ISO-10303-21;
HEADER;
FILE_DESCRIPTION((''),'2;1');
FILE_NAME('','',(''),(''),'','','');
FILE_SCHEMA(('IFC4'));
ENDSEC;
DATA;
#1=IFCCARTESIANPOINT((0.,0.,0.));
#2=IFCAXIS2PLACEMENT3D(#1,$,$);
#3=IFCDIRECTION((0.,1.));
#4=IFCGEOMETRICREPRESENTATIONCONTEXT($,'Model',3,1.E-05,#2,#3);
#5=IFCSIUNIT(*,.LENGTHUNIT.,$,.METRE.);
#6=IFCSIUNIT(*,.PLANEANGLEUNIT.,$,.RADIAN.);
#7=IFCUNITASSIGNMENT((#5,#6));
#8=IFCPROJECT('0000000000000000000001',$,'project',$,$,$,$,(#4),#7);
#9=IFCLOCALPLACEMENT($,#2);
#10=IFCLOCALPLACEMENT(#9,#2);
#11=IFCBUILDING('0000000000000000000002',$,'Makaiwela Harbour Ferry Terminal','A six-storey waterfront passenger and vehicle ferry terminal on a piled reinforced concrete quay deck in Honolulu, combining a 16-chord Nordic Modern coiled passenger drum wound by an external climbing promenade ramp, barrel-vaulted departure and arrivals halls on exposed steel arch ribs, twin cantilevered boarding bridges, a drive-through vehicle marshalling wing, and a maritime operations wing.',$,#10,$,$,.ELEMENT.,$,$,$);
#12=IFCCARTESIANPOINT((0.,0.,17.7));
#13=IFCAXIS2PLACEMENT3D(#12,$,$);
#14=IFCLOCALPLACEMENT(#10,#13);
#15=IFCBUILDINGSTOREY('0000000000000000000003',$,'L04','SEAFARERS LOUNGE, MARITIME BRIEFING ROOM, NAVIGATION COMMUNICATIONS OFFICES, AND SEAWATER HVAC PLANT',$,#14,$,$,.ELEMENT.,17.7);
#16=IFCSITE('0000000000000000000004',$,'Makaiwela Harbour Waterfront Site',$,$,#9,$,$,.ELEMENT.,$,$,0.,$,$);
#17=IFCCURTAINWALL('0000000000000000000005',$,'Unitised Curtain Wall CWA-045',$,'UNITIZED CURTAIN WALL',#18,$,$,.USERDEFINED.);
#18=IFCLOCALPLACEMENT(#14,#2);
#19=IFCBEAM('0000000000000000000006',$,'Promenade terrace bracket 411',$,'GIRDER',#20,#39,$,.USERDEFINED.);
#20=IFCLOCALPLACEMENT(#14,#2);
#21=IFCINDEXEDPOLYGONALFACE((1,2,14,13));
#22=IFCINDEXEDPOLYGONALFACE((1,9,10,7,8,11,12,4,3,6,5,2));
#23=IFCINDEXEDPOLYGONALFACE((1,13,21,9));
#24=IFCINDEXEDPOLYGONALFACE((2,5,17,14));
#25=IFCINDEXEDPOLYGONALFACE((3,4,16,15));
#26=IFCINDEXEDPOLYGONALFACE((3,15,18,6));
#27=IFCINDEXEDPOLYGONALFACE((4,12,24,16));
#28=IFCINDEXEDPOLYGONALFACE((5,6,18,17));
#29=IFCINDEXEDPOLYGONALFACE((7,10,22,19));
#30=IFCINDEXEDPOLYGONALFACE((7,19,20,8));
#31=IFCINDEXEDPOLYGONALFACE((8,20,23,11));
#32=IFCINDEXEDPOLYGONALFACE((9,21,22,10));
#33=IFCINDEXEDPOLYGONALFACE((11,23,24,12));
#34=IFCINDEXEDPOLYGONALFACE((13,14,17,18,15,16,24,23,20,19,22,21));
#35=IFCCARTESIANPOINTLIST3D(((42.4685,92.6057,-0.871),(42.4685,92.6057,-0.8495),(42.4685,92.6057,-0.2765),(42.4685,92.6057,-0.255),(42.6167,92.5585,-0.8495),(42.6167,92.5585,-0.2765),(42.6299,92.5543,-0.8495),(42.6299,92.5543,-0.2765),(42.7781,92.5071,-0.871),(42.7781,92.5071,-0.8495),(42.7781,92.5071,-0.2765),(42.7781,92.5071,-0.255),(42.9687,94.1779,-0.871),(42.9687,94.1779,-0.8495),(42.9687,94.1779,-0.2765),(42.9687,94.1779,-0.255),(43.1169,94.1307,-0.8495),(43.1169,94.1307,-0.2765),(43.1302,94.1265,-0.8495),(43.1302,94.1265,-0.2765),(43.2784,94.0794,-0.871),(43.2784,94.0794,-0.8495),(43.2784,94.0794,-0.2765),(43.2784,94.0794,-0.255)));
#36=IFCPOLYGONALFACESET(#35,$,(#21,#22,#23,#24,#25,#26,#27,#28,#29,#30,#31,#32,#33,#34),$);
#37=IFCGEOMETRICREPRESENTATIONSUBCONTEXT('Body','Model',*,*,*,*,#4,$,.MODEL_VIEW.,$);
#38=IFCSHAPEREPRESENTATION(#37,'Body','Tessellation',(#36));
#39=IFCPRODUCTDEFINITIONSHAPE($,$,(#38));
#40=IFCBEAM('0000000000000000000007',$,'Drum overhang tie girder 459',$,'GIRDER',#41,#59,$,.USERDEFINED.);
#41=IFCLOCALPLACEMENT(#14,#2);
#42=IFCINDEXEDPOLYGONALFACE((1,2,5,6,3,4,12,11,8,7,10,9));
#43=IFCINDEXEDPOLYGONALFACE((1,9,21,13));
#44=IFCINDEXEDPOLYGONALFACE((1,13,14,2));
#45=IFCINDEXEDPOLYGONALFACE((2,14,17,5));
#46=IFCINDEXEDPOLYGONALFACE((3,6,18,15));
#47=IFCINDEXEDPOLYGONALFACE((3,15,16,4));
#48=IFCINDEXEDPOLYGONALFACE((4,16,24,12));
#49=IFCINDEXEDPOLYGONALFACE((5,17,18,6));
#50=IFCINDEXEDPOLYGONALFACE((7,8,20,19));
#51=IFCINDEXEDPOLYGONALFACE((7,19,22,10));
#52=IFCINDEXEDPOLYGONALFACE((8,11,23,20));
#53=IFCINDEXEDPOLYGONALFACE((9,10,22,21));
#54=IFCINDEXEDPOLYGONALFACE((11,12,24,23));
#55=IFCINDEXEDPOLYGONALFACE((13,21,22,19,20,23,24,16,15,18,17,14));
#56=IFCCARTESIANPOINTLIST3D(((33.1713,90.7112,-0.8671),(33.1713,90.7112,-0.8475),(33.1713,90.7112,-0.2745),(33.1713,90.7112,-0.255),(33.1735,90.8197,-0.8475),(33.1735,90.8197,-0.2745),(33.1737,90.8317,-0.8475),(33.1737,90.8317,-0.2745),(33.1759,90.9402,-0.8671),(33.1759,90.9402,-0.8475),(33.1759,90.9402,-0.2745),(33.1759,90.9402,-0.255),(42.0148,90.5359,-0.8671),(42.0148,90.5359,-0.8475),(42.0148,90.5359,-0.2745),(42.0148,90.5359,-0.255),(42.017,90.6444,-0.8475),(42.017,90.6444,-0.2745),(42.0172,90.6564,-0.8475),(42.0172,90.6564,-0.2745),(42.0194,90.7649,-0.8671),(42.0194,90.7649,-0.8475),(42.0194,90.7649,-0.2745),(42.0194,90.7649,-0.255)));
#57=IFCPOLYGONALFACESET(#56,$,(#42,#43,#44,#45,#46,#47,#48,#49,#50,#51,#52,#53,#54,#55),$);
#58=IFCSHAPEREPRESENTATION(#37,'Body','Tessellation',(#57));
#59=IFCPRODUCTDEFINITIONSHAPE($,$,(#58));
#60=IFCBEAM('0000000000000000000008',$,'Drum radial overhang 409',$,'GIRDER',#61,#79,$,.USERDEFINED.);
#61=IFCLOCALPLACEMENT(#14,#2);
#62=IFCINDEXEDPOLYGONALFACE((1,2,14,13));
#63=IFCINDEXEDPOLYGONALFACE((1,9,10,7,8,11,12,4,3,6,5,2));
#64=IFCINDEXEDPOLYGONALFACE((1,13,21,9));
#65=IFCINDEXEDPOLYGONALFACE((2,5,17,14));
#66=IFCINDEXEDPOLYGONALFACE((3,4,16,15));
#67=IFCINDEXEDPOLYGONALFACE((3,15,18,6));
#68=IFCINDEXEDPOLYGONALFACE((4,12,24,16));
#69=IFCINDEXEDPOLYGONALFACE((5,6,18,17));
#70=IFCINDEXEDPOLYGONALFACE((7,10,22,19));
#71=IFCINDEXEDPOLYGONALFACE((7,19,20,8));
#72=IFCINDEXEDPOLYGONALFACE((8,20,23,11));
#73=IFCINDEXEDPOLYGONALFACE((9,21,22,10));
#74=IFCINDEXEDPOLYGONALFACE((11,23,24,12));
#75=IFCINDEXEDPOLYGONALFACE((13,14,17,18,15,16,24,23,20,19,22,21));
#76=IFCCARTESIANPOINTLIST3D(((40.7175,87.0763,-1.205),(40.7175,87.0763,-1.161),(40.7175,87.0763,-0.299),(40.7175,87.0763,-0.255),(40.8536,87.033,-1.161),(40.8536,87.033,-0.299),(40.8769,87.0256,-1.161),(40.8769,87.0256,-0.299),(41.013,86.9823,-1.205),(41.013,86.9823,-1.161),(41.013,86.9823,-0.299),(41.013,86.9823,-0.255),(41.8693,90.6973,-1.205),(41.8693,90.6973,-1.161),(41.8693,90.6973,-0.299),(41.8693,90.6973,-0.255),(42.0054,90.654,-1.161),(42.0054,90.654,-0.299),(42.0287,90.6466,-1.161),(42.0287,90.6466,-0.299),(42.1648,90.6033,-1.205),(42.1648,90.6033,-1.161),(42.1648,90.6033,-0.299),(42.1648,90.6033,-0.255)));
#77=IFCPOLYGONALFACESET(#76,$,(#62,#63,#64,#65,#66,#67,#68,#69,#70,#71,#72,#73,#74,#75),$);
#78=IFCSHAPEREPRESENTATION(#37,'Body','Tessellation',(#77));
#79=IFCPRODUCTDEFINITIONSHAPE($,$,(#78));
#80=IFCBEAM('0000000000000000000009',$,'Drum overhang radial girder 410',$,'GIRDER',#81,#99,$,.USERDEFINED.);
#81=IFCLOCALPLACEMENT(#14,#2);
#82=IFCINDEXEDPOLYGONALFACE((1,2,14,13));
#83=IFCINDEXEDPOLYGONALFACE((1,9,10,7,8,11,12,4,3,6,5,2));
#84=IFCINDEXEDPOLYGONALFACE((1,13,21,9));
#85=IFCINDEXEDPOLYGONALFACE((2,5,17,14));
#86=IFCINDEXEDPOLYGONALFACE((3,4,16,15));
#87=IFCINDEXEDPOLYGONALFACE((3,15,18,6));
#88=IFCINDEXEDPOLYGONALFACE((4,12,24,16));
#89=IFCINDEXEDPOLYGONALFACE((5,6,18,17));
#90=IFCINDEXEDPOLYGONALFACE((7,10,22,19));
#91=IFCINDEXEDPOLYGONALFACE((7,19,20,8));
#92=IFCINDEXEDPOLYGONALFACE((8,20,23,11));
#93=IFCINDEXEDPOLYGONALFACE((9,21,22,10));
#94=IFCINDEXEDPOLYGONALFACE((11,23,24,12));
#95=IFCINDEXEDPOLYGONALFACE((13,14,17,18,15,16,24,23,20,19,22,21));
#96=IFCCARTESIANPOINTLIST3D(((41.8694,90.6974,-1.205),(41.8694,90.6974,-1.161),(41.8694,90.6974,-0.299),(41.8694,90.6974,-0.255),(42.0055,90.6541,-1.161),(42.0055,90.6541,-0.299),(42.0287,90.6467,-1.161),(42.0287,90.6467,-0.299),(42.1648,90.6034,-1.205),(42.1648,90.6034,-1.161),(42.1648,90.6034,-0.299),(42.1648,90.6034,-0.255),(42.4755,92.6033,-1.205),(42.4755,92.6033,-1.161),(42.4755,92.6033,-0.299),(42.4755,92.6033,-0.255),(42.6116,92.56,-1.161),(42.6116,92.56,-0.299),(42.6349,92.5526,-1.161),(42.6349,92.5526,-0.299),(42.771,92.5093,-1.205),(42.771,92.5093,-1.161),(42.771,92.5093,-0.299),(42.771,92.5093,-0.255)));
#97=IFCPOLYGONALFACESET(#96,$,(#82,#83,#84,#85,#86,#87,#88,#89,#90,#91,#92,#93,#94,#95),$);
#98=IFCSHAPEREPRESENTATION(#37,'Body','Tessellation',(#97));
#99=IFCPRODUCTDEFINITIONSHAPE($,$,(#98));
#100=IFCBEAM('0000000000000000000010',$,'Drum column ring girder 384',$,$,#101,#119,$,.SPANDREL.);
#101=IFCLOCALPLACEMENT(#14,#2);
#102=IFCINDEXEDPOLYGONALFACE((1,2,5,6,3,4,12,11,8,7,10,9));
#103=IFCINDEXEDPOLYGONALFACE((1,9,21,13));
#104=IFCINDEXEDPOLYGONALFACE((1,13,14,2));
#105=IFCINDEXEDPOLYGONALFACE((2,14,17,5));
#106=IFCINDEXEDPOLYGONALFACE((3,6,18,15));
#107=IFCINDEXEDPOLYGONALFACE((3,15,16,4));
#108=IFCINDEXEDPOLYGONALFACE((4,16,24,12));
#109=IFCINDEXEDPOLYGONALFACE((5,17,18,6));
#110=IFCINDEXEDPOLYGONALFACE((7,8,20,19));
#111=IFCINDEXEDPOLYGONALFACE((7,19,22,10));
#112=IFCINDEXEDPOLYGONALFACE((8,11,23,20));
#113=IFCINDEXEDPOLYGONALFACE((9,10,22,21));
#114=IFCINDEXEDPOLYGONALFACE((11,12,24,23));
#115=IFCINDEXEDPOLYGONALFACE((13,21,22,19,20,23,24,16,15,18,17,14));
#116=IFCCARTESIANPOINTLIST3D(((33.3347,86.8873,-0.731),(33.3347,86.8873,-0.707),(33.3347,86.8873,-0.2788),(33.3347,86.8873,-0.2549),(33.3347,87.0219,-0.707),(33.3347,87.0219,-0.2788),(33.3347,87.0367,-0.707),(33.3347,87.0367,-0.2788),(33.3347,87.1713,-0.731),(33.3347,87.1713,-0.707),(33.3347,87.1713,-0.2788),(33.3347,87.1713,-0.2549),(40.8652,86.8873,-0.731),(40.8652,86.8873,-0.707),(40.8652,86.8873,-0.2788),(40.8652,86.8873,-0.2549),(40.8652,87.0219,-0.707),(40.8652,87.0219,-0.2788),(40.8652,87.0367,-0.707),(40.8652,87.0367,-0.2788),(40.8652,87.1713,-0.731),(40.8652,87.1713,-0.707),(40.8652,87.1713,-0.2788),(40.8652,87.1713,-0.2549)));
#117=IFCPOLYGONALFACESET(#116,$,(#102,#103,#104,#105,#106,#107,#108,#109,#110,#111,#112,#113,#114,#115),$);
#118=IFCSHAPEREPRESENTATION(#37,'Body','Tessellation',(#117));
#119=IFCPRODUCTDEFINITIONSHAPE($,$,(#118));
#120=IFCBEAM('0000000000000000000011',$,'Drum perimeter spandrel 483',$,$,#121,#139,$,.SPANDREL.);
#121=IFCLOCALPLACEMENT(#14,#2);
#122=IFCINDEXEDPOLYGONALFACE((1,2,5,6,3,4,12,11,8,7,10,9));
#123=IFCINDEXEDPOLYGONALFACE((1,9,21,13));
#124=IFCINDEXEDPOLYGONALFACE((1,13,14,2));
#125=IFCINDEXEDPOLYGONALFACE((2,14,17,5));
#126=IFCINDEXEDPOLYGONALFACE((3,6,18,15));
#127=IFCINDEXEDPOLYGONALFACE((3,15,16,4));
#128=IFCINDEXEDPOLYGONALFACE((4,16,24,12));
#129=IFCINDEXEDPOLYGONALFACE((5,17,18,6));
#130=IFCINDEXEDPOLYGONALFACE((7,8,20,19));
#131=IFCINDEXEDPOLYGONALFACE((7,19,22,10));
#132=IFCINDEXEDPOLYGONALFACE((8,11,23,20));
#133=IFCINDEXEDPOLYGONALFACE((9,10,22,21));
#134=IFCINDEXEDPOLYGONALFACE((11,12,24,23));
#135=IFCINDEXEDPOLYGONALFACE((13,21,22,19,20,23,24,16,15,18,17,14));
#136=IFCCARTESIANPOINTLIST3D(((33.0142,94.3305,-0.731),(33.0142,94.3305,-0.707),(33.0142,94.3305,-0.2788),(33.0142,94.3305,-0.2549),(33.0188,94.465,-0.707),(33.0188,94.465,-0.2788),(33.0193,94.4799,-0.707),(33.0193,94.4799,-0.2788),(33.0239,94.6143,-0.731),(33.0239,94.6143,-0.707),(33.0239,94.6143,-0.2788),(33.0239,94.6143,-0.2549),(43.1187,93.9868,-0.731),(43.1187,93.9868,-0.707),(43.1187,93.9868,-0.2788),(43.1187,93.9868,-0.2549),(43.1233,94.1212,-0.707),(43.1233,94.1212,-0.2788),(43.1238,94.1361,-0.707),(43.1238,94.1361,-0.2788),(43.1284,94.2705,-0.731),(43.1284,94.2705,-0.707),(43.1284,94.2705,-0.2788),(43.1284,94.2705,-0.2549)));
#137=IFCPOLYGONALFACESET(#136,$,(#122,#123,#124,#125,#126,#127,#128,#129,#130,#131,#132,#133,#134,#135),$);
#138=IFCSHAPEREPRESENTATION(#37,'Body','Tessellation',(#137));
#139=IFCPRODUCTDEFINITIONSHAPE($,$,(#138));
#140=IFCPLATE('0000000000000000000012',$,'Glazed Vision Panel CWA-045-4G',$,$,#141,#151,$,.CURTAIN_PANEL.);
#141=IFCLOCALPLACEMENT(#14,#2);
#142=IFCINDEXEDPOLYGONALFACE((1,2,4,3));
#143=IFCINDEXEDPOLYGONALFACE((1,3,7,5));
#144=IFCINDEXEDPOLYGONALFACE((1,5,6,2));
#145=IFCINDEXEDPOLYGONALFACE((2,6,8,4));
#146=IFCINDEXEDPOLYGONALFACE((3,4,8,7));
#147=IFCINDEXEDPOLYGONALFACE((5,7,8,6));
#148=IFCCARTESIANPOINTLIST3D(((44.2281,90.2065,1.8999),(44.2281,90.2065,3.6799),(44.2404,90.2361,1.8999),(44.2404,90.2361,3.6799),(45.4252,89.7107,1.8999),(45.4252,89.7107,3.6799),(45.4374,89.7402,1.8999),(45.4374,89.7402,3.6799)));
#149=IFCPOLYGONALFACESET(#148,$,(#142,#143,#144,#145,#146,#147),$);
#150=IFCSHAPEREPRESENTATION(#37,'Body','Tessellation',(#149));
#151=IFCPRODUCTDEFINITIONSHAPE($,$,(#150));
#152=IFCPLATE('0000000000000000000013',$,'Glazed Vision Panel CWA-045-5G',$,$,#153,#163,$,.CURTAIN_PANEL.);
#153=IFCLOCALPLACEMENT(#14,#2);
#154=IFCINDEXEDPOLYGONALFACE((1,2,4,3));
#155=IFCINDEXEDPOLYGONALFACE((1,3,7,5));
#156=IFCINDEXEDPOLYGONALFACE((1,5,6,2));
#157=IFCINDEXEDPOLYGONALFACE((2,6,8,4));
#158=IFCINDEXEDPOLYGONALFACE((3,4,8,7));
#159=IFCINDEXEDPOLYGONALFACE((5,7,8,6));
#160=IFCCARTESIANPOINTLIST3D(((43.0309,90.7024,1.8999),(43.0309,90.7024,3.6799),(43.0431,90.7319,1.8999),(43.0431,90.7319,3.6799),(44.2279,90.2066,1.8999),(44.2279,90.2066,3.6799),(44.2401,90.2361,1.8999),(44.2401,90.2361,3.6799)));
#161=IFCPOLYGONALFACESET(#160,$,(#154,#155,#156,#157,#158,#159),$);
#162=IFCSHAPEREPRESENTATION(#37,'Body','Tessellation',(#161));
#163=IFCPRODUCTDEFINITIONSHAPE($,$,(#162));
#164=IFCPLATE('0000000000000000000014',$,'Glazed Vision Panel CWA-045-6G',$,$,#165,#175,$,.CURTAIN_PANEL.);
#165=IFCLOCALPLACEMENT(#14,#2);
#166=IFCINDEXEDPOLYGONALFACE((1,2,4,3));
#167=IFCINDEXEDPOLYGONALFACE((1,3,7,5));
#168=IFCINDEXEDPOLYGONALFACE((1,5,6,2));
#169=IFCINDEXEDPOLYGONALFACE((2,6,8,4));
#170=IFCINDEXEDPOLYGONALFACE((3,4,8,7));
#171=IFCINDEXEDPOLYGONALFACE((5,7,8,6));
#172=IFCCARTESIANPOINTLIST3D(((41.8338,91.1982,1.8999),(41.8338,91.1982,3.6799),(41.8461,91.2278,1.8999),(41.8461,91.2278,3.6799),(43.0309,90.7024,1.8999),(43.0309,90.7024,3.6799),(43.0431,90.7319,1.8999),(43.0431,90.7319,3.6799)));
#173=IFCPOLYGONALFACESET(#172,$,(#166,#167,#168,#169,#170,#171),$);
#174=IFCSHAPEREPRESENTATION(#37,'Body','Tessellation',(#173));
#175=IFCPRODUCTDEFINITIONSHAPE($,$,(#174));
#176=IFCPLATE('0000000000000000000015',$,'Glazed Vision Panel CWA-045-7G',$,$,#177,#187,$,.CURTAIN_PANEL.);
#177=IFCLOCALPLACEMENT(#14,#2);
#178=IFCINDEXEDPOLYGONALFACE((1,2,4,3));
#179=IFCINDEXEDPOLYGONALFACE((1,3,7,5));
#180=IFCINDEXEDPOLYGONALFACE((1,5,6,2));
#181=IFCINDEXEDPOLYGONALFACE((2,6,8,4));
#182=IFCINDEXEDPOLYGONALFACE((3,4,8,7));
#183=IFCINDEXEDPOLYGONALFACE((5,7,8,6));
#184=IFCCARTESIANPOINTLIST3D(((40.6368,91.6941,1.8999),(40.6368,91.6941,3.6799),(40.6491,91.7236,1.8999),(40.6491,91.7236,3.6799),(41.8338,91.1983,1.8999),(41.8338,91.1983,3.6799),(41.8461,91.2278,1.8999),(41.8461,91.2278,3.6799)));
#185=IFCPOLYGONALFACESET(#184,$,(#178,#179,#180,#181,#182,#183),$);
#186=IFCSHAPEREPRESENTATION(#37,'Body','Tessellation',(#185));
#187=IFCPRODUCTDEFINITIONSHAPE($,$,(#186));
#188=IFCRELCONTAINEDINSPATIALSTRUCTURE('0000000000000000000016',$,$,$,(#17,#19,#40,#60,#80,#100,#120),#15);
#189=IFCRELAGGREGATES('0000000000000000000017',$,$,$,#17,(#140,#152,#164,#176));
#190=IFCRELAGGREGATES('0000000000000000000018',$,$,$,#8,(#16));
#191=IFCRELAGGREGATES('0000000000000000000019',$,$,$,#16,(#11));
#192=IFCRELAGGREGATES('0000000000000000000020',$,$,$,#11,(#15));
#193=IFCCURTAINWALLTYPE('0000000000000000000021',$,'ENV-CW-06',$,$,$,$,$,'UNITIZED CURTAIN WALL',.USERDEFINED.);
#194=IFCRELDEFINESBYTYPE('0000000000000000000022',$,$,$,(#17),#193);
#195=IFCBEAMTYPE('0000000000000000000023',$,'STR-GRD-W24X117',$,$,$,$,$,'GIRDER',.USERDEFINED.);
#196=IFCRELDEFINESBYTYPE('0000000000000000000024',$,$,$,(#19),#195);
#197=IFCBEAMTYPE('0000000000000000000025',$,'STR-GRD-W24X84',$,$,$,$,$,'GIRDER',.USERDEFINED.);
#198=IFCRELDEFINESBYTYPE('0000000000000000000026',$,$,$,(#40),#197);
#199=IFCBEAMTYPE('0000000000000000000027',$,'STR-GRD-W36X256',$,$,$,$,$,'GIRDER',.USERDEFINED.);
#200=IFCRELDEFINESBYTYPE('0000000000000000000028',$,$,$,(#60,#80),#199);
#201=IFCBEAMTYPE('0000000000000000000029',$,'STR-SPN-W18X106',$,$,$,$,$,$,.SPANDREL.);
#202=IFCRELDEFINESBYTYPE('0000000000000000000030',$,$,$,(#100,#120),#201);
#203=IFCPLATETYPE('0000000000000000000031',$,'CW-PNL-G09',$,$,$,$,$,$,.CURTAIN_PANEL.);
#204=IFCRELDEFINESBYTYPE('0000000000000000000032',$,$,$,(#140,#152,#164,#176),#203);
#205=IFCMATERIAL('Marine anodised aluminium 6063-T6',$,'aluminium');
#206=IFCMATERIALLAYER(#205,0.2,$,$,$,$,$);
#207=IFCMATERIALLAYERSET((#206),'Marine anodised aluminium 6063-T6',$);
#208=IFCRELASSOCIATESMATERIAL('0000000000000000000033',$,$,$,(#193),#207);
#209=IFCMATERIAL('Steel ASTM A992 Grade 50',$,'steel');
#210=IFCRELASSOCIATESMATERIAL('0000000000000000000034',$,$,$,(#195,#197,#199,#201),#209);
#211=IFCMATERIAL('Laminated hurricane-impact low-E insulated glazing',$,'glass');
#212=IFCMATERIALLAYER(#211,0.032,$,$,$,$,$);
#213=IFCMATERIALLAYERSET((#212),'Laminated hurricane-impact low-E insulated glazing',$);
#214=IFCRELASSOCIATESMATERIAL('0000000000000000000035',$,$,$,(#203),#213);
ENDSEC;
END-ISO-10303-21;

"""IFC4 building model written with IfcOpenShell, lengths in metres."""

from ifc_helpers import new_model, si_unit, direction, frame, origin, origin_2d, place, context, subcontext, project, spatial, rectangle, i_section, extrude, material, layer, layer_set, material_profile, profile_set, type_object, element, aggregate, save


model = new_model("IFC4")

# Units and contexts
model_context = context("Model", 3, precision=1e-05, world=origin(), true_north=direction((0.0, 1.0)))
body_context = subcontext(model_context, "Body", "Model", "MODEL_VIEW")
ifc_project = project(units=[si_unit("LENGTHUNIT", "METRE"), si_unit("PLANEANGLEUNIT", "RADIAN")], contexts=[model_context])

# Site, building, storey
site_placement = place(None, origin())
site = spatial("IfcSite", under=ifc_project, at=site_placement, Name="Makaiwela Harbour Waterfront Site", CompositionType="ELEMENT", RefElevation=0.0)
building_placement = place(site_placement, origin())
building = spatial("IfcBuilding", under=site, at=building_placement, Name="Makaiwela Harbour Ferry Terminal", Description="A six-storey waterfront passenger and vehicle ferry terminal on a piled reinforced concrete quay deck in Honolulu, combining a 16-chord Nordic Modern coiled passenger drum wound by an external climbing promenade ramp, barrel-vaulted departure and arrivals halls on exposed steel arch ribs, twin cantilevered boarding bridges, a drive-through vehicle marshalling wing, and a maritime operations wing.", CompositionType="ELEMENT")
storey_placement = place(building_placement, frame((0.0, 0.0, 17.7)))
storey = spatial("IfcBuildingStorey", under=building, at=storey_placement, Name="L04", Description="SEAFARERS LOUNGE, MARITIME BRIEFING ROOM, NAVIGATION COMMUNICATIONS OFFICES, AND SEAWATER HVAC PLANT", CompositionType="ELEMENT", Elevation=17.7)

# Shared definitions
ifc_material_1 = material(Name="Steel ASTM A992 Grade 50", Category="steel")

# Curtain wall
ifc_material_2 = material(Name="Marine anodised aluminium 6063-T6", Category="aluminium")
ifc_layer_1 = layer(ifc_material_2, 0.2)
ifc_layer_set_1 = layer_set([ifc_layer_1], Name="Marine anodised aluminium 6063-T6")
curtain_wall_type = type_object("IfcCurtainWallType", Name="ENV-CW-06", ElementType="UNITIZED CURTAIN WALL", PredefinedType="USERDEFINED", material=ifc_layer_set_1)
curtain_wall_1_placement = place(storey_placement, origin())
curtain_wall_1 = element("IfcCurtainWall", 1, at=curtain_wall_1_placement, inside=storey, type_object=curtain_wall_type, Name="Unitised Curtain Wall CWA-045", ObjectType="UNITIZED CURTAIN WALL", PredefinedType="USERDEFINED")

# Beams
ifc_material_profile_1 = material_profile(ifc_material_1, i_section(OverallWidth=0.325, OverallDepth=0.616, WebThickness=0.0139, FlangeThickness=0.0215, at=origin_2d()), Name="W24X117")
ifc_profile_set_1 = profile_set([ifc_material_profile_1], Name="Steel ASTM A992 Grade 50")
beam_type_1 = type_object("IfcBeamType", Name="STR-GRD-W24X117", ElementType="GIRDER", PredefinedType="USERDEFINED", material=ifc_profile_set_1)
beam_1_placement = place(storey_placement, frame((42.6233, 92.5564, -0.563), z_axis=(0.303191, 0.95293, 0.0), x_axis=(-0.95293, 0.303191, 0.0)))
element("IfcBeam", 2, at=beam_1_placement, inside=storey, type_object=beam_type_1, Name="Promenade terrace bracket 411", ObjectType="GIRDER", PredefinedType="USERDEFINED", context=body_context, shape_type="SweptSolid", body=[
    extrude(i_section(OverallWidth=0.325, OverallDepth=0.616, WebThickness=0.0139, FlangeThickness=0.0215, at=origin_2d()), origin(), (0.0, 0.0, 1.0), 1.6499),
])
ifc_material_profile_2 = material_profile(ifc_material_1, i_section(OverallWidth=0.229, OverallDepth=0.6121, WebThickness=0.012, FlangeThickness=0.0195, at=origin_2d()), Name="W24X84")
ifc_profile_set_2 = profile_set([ifc_material_profile_2], Name="Steel ASTM A992 Grade 50")
beam_type_2 = type_object("IfcBeamType", Name="STR-GRD-W24X84", ElementType="GIRDER", PredefinedType="USERDEFINED", material=ifc_profile_set_2)
beam_2_placement = place(storey_placement, frame((42.0171, 90.6504, -0.561), z_axis=(-0.999804, 0.019818, 0.0), x_axis=(-0.019818, -0.999804, 0.0)))
element("IfcBeam", 3, at=beam_2_placement, inside=storey, type_object=beam_type_2, Name="Drum overhang tie girder 459", ObjectType="GIRDER", PredefinedType="USERDEFINED", context=body_context, shape_type="SweptSolid", body=[
    extrude(i_section(OverallWidth=0.229, OverallDepth=0.6121, WebThickness=0.012, FlangeThickness=0.0195, at=origin_2d()), origin(), (0.0, 0.0, 1.0), 8.8452),
])
ifc_material_profile_3 = material_profile(ifc_material_1, i_section(OverallWidth=0.3101, OverallDepth=0.95, WebThickness=0.0244, FlangeThickness=0.0439, at=origin_2d()), Name="W36X256")
ifc_profile_set_3 = profile_set([ifc_material_profile_3], Name="Steel ASTM A992 Grade 50")
beam_type_3 = type_object("IfcBeamType", Name="STR-GRD-W36X256", ElementType="GIRDER", PredefinedType="USERDEFINED", material=ifc_profile_set_3)
beam_3_placement = place(storey_placement, frame((40.8652, 87.0293, -0.73), z_axis=(0.303129, 0.952949, 0.0), x_axis=(-0.952949, 0.303129, 0.0)))
element("IfcBeam", 4, at=beam_3_placement, inside=storey, type_object=beam_type_3, Name="Drum radial overhang 409", ObjectType="GIRDER", PredefinedType="USERDEFINED", context=body_context, shape_type="SweptSolid", body=[
    extrude(i_section(OverallWidth=0.3101, OverallDepth=0.95, WebThickness=0.0244, FlangeThickness=0.0439, at=origin_2d()), origin(), (0.0, 0.0, 1.0), 3.7998),
])
beam_4_placement = place(storey_placement, frame((42.0171, 90.6504, -0.73), z_axis=(0.303088, 0.952963, 0.0), x_axis=(-0.952963, 0.303088, 0.0)))
element("IfcBeam", 5, at=beam_4_placement, inside=storey, type_object=beam_type_3, Name="Drum overhang radial girder 410", ObjectType="GIRDER", PredefinedType="USERDEFINED", context=body_context, shape_type="SweptSolid", body=[
    extrude(i_section(OverallWidth=0.3101, OverallDepth=0.95, WebThickness=0.0244, FlangeThickness=0.0439, at=origin_2d()), origin(), (0.0, 0.0, 1.0), 2.0),
])
ifc_material_profile_4 = material_profile(ifc_material_1, i_section(OverallWidth=0.2839, OverallDepth=0.4761, WebThickness=0.0149, FlangeThickness=0.0239, at=origin_2d()), Name="W18X106")
ifc_profile_set_4 = profile_set([ifc_material_profile_4], Name="Steel ASTM A992 Grade 50")
beam_type_4 = type_object("IfcBeamType", Name="STR-SPN-W18X106", PredefinedType="SPANDREL", material=ifc_profile_set_4)
beam_5_placement = place(storey_placement, frame((40.8652, 87.0293, -0.4929), z_axis=(-1.0, 0.0, 0.0), x_axis=(0.0, -1.0, 0.0)))
element("IfcBeam", 6, at=beam_5_placement, inside=storey, type_object=beam_type_4, Name="Drum column ring girder 384", PredefinedType="SPANDREL", context=body_context, shape_type="SweptSolid", body=[
    extrude(i_section(OverallWidth=0.2839, OverallDepth=0.4761, WebThickness=0.0149, FlangeThickness=0.0239, at=origin_2d()), origin(), (0.0, 0.0, 1.0), 7.5305),
])
beam_6_placement = place(storey_placement, frame((43.1235, 94.1287, -0.4929), z_axis=(-0.999422, 0.034, 0.0), x_axis=(-0.034, -0.999422, 0.0)))
element("IfcBeam", 7, at=beam_6_placement, inside=storey, type_object=beam_type_4, Name="Drum perimeter spandrel 483", PredefinedType="SPANDREL", context=body_context, shape_type="SweptSolid", body=[
    extrude(i_section(OverallWidth=0.2839, OverallDepth=0.4761, WebThickness=0.0149, FlangeThickness=0.0239, at=origin_2d()), origin(), (0.0, 0.0, 1.0), 10.1104),
])

# Plates
ifc_material_3 = material(Name="Laminated hurricane-impact low-E insulated glazing", Category="glass")
ifc_layer_2 = layer(ifc_material_3, 0.032)
ifc_layer_set_2 = layer_set([ifc_layer_2], Name="Laminated hurricane-impact low-E insulated glazing")
plate_type_1 = type_object("IfcPlateType", Name="CW-PNL-G09", PredefinedType="CURTAIN_PANEL", material=ifc_layer_set_2)
plate_1_placement = place(storey_placement, frame((44.8328, 89.9734, 1.8999), z_axis=(0.0, 0.0, 1.0), x_axis=(-0.92388, 0.382683, 0.0)))
plate_1 = element("IfcPlate", 8, at=plate_1_placement, type_object=plate_type_1, Name="Glazed Vision Panel CWA-045-4G", PredefinedType="CURTAIN_PANEL", context=body_context, shape_type="SweptSolid", body=[
    extrude(rectangle(XDim=1.2957, YDim=0.032, at=origin_2d()), origin(), (0.0, 0.0, 1.0), 1.78),
])
plate_2_placement = place(storey_placement, frame((43.6355, 90.4692, 1.8999), z_axis=(0.0, 0.0, 1.0), x_axis=(-0.92388, 0.382683, 0.0)))
plate_2 = element("IfcPlate", 9, at=plate_2_placement, type_object=plate_type_1, Name="Glazed Vision Panel CWA-045-5G", PredefinedType="CURTAIN_PANEL", context=body_context, shape_type="SweptSolid", body=[
    extrude(rectangle(XDim=1.2957, YDim=0.032, at=origin_2d()), origin(), (0.0, 0.0, 1.0), 1.78),
])
plate_3_placement = place(storey_placement, frame((42.4385, 90.9651, 1.8999), z_axis=(0.0, 0.0, 1.0), x_axis=(-0.92388, 0.382683, 0.0)))
plate_3 = element("IfcPlate", 10, at=plate_3_placement, type_object=plate_type_1, Name="Glazed Vision Panel CWA-045-6G", PredefinedType="CURTAIN_PANEL", context=body_context, shape_type="SweptSolid", body=[
    extrude(rectangle(XDim=1.2957, YDim=0.032, at=origin_2d()), origin(), (0.0, 0.0, 1.0), 1.78),
])
plate_4_placement = place(storey_placement, frame((41.2415, 91.4609, 1.8999), z_axis=(0.0, 0.0, 1.0), x_axis=(-0.92388, 0.382683, 0.0)))
plate_4 = element("IfcPlate", 11, at=plate_4_placement, type_object=plate_type_1, Name="Glazed Vision Panel CWA-045-7G", PredefinedType="CURTAIN_PANEL", context=body_context, shape_type="SweptSolid", body=[
    extrude(rectangle(XDim=1.2957, YDim=0.032, at=origin_2d()), origin(), (0.0, 0.0, 1.0), 1.78),
])
aggregate(curtain_wall_1, [plate_1, plate_2, plate_3, plate_4])

save(model, "model.ifc")
